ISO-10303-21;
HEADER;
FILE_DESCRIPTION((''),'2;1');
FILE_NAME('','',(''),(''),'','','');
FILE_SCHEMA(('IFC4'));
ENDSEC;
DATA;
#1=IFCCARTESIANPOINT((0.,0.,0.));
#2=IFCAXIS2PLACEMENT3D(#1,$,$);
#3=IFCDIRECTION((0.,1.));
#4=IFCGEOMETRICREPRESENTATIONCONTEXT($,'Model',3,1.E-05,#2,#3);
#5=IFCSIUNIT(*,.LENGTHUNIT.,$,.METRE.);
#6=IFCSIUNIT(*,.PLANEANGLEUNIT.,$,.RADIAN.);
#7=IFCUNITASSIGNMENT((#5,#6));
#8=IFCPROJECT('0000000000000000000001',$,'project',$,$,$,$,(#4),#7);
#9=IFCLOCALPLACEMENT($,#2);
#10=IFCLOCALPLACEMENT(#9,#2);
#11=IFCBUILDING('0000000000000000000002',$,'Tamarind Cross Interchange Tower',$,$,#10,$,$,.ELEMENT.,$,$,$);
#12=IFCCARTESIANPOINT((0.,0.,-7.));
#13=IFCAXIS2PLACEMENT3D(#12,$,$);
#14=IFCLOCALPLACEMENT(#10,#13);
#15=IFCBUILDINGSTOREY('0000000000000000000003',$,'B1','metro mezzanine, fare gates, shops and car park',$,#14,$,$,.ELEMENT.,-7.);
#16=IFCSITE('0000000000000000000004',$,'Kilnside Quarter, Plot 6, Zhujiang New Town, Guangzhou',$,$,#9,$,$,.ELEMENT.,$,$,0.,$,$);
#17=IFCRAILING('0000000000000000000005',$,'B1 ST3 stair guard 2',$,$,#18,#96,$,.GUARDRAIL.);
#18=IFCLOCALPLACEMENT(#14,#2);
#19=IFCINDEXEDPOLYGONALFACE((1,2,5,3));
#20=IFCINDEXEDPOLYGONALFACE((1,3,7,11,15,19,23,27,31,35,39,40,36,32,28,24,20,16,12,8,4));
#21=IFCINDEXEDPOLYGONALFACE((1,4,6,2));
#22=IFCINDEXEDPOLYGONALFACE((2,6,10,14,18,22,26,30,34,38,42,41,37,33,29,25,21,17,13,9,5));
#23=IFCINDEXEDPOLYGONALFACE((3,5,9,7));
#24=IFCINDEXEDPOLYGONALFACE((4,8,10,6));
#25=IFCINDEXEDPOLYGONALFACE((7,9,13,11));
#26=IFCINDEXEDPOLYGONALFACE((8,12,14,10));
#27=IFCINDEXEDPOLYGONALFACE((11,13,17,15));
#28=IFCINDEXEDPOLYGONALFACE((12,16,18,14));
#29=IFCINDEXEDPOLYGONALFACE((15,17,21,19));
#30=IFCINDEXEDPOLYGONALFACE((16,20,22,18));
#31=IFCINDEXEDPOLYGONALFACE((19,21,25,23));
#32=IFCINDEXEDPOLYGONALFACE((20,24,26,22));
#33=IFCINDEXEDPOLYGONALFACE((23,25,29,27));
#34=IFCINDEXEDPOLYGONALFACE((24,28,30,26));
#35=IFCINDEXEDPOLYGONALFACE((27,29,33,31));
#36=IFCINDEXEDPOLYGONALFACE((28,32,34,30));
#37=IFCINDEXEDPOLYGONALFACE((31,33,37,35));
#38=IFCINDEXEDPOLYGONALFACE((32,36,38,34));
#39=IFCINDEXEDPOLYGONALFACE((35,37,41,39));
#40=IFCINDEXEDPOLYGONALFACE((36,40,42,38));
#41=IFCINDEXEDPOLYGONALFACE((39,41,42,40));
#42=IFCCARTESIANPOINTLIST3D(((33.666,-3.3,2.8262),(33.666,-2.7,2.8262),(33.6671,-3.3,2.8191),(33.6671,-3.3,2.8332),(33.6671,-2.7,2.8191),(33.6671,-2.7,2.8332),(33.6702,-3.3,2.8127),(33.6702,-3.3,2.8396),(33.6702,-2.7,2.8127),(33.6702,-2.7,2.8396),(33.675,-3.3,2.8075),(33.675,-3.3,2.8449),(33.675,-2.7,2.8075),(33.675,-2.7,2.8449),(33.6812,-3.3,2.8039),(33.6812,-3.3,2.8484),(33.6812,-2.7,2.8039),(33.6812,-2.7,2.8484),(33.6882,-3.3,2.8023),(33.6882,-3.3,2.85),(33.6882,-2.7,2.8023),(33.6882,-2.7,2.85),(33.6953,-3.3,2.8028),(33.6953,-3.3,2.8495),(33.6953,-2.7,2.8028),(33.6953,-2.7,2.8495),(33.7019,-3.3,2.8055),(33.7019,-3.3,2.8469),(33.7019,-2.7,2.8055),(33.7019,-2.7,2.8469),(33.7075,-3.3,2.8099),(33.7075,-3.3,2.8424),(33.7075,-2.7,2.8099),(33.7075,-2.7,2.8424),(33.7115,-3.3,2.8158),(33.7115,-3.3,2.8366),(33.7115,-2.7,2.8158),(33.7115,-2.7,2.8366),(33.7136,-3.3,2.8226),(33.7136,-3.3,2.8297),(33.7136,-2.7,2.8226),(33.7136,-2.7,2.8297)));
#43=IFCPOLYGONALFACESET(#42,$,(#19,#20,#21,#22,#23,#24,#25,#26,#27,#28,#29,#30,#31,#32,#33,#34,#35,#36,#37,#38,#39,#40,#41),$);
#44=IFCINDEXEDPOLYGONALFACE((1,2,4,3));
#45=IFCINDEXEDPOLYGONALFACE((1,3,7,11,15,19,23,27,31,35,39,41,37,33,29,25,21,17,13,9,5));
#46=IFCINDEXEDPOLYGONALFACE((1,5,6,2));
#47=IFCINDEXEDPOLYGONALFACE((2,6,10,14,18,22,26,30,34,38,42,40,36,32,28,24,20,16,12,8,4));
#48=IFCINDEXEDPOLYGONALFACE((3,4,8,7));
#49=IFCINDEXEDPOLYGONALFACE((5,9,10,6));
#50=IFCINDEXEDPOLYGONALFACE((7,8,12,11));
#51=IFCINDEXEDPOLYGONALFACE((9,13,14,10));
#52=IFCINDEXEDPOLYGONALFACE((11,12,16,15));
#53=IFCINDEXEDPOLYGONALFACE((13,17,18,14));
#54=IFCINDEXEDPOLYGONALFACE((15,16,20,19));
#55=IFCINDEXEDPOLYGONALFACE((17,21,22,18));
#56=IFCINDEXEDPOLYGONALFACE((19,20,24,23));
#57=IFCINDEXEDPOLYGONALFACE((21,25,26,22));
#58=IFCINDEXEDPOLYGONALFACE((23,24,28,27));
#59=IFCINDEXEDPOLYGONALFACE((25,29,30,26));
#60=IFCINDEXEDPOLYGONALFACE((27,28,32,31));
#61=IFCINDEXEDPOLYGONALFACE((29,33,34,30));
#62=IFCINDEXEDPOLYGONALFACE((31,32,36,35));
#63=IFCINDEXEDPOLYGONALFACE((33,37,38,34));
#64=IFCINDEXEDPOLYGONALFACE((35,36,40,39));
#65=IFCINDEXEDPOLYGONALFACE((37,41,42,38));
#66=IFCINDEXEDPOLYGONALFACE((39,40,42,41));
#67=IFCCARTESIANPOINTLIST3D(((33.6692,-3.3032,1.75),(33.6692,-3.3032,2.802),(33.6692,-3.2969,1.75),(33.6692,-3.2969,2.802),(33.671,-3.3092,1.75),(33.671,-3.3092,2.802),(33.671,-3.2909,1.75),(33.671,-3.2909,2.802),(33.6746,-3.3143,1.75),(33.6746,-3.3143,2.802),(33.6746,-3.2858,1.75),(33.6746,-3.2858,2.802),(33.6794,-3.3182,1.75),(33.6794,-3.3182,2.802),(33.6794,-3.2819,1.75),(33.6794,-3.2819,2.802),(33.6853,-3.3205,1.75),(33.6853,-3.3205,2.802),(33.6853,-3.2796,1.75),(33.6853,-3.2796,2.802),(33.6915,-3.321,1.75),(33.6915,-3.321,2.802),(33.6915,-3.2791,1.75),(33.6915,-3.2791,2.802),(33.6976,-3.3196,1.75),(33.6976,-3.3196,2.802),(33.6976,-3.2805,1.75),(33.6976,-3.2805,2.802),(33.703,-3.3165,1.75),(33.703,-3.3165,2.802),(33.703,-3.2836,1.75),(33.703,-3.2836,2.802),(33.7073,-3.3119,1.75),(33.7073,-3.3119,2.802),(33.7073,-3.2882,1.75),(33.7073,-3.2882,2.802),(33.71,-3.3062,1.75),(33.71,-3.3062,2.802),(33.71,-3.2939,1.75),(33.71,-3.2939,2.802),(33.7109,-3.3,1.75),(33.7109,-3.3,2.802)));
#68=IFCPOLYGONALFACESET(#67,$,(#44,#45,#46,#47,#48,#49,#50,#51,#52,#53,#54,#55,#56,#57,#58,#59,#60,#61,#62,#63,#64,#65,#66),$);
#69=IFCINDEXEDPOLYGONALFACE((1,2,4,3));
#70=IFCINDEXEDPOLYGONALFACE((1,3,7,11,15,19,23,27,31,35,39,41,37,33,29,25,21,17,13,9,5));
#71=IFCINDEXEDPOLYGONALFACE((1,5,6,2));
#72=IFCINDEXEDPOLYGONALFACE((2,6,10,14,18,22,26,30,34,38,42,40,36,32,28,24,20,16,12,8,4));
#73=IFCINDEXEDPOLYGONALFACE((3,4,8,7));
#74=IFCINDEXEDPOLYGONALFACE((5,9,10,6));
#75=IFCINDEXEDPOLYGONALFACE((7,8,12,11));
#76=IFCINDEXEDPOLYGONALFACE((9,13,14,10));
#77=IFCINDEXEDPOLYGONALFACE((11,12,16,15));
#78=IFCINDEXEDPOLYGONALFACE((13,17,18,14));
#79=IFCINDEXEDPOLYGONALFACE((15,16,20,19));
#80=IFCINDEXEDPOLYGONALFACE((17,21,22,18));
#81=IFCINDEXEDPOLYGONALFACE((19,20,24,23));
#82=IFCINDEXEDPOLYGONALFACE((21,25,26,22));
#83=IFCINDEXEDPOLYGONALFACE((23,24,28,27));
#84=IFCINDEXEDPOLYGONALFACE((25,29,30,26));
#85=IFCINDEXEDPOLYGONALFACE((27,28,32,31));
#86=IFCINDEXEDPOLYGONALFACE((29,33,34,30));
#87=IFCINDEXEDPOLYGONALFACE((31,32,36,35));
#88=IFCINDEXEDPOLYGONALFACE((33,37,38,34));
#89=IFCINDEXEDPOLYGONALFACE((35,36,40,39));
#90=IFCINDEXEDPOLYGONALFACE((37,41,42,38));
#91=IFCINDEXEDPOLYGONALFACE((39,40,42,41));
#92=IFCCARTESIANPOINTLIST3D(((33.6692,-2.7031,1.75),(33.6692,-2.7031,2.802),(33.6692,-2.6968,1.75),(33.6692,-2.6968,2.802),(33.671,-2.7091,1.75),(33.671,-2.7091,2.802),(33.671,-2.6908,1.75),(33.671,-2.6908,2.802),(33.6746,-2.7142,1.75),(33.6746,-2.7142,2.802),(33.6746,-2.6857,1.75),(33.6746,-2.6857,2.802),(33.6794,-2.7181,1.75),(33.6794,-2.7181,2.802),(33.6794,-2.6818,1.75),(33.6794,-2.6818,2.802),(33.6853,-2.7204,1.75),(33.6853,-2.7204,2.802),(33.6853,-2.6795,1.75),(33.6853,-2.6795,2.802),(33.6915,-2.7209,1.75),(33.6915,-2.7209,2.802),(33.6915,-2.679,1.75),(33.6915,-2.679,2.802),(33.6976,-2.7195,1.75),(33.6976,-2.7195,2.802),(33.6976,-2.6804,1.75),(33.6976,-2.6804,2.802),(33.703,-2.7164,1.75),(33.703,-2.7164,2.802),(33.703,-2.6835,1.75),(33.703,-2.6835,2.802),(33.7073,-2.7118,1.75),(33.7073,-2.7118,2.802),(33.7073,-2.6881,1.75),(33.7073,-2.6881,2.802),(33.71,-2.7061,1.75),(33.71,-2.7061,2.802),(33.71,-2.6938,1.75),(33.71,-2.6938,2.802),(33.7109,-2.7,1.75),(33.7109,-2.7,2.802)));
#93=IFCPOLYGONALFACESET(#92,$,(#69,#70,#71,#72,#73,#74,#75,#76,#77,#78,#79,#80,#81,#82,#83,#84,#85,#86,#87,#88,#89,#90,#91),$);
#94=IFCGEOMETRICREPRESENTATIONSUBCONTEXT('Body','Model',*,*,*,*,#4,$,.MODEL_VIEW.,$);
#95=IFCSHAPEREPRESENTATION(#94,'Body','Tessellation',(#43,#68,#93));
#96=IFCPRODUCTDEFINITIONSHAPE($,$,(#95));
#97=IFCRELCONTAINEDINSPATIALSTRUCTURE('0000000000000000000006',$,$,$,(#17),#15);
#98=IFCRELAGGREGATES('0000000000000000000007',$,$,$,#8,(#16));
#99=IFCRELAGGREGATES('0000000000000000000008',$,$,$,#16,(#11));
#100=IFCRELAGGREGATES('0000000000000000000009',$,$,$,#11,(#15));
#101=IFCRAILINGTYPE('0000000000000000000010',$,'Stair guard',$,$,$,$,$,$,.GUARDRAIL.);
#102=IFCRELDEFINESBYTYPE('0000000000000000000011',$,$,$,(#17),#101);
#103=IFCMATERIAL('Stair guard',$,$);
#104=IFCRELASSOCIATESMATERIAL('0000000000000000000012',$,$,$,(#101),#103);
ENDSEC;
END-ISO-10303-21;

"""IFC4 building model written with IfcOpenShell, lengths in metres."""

from ifc_helpers import new_model, si_unit, direction, frame, origin, origin_2d, place, context, subcontext, project, spatial, circle, extrude, material, type_object, element, save


model = new_model("IFC4")

# Units and contexts
model_context = context("Model", 3, precision=1e-05, world=origin(), true_north=direction((0.0, 1.0)))
body_context = subcontext(model_context, "Body", "Model", "MODEL_VIEW")
ifc_project = project(units=[si_unit("LENGTHUNIT", "METRE"), si_unit("PLANEANGLEUNIT", "RADIAN")], contexts=[model_context])

# Site, building, storey
site_placement = place(None, origin())
site = spatial("IfcSite", under=ifc_project, at=site_placement, Name="Kilnside Quarter, Plot 6, Zhujiang New Town, Guangzhou", CompositionType="ELEMENT", RefElevation=0.0)
building_placement = place(site_placement, origin())
building = spatial("IfcBuilding", under=site, at=building_placement, Name="Tamarind Cross Interchange Tower", CompositionType="ELEMENT")
storey_placement = place(building_placement, frame((0.0, 0.0, -7.0)))
storey = spatial("IfcBuildingStorey", under=building, at=storey_placement, Name="B1", Description="metro mezzanine, fare gates, shops and car park", CompositionType="ELEMENT", Elevation=-7.0)

# Railing
ifc_material_1 = material(Name="Stair guard")
railing_type_1 = type_object("IfcRailingType", Name="Stair guard", PredefinedType="GUARDRAIL", material=ifc_material_1)
railing_1_placement = place(storey_placement, frame((33.6899, -3.3, 1.75)))
element("IfcRailing", 1, at=railing_1_placement, inside=storey, type_object=railing_type_1, Name="B1 ST3 stair guard 2", PredefinedType="GUARDRAIL", context=body_context, shape_type="SweptSolid", body=[
    extrude(circle(Radius=0.0239, at=origin_2d()), frame((0.0, 0.0, 1.0762), z_axis=(0.0, 1.0, 0.0), x_axis=(-1.0, 0.0, 0.0)), (0.0, 0.0, 1.0), 0.6001),
    extrude(circle(Radius=0.021, at=origin_2d()), origin(), (0.0, 0.0, 1.0), 1.052),
    extrude(circle(Radius=0.021, at=origin_2d()), frame((0.0, 0.6001, 0.0)), (0.0, 0.0, 1.0), 1.052),
])

save(model, "model.ifc")
